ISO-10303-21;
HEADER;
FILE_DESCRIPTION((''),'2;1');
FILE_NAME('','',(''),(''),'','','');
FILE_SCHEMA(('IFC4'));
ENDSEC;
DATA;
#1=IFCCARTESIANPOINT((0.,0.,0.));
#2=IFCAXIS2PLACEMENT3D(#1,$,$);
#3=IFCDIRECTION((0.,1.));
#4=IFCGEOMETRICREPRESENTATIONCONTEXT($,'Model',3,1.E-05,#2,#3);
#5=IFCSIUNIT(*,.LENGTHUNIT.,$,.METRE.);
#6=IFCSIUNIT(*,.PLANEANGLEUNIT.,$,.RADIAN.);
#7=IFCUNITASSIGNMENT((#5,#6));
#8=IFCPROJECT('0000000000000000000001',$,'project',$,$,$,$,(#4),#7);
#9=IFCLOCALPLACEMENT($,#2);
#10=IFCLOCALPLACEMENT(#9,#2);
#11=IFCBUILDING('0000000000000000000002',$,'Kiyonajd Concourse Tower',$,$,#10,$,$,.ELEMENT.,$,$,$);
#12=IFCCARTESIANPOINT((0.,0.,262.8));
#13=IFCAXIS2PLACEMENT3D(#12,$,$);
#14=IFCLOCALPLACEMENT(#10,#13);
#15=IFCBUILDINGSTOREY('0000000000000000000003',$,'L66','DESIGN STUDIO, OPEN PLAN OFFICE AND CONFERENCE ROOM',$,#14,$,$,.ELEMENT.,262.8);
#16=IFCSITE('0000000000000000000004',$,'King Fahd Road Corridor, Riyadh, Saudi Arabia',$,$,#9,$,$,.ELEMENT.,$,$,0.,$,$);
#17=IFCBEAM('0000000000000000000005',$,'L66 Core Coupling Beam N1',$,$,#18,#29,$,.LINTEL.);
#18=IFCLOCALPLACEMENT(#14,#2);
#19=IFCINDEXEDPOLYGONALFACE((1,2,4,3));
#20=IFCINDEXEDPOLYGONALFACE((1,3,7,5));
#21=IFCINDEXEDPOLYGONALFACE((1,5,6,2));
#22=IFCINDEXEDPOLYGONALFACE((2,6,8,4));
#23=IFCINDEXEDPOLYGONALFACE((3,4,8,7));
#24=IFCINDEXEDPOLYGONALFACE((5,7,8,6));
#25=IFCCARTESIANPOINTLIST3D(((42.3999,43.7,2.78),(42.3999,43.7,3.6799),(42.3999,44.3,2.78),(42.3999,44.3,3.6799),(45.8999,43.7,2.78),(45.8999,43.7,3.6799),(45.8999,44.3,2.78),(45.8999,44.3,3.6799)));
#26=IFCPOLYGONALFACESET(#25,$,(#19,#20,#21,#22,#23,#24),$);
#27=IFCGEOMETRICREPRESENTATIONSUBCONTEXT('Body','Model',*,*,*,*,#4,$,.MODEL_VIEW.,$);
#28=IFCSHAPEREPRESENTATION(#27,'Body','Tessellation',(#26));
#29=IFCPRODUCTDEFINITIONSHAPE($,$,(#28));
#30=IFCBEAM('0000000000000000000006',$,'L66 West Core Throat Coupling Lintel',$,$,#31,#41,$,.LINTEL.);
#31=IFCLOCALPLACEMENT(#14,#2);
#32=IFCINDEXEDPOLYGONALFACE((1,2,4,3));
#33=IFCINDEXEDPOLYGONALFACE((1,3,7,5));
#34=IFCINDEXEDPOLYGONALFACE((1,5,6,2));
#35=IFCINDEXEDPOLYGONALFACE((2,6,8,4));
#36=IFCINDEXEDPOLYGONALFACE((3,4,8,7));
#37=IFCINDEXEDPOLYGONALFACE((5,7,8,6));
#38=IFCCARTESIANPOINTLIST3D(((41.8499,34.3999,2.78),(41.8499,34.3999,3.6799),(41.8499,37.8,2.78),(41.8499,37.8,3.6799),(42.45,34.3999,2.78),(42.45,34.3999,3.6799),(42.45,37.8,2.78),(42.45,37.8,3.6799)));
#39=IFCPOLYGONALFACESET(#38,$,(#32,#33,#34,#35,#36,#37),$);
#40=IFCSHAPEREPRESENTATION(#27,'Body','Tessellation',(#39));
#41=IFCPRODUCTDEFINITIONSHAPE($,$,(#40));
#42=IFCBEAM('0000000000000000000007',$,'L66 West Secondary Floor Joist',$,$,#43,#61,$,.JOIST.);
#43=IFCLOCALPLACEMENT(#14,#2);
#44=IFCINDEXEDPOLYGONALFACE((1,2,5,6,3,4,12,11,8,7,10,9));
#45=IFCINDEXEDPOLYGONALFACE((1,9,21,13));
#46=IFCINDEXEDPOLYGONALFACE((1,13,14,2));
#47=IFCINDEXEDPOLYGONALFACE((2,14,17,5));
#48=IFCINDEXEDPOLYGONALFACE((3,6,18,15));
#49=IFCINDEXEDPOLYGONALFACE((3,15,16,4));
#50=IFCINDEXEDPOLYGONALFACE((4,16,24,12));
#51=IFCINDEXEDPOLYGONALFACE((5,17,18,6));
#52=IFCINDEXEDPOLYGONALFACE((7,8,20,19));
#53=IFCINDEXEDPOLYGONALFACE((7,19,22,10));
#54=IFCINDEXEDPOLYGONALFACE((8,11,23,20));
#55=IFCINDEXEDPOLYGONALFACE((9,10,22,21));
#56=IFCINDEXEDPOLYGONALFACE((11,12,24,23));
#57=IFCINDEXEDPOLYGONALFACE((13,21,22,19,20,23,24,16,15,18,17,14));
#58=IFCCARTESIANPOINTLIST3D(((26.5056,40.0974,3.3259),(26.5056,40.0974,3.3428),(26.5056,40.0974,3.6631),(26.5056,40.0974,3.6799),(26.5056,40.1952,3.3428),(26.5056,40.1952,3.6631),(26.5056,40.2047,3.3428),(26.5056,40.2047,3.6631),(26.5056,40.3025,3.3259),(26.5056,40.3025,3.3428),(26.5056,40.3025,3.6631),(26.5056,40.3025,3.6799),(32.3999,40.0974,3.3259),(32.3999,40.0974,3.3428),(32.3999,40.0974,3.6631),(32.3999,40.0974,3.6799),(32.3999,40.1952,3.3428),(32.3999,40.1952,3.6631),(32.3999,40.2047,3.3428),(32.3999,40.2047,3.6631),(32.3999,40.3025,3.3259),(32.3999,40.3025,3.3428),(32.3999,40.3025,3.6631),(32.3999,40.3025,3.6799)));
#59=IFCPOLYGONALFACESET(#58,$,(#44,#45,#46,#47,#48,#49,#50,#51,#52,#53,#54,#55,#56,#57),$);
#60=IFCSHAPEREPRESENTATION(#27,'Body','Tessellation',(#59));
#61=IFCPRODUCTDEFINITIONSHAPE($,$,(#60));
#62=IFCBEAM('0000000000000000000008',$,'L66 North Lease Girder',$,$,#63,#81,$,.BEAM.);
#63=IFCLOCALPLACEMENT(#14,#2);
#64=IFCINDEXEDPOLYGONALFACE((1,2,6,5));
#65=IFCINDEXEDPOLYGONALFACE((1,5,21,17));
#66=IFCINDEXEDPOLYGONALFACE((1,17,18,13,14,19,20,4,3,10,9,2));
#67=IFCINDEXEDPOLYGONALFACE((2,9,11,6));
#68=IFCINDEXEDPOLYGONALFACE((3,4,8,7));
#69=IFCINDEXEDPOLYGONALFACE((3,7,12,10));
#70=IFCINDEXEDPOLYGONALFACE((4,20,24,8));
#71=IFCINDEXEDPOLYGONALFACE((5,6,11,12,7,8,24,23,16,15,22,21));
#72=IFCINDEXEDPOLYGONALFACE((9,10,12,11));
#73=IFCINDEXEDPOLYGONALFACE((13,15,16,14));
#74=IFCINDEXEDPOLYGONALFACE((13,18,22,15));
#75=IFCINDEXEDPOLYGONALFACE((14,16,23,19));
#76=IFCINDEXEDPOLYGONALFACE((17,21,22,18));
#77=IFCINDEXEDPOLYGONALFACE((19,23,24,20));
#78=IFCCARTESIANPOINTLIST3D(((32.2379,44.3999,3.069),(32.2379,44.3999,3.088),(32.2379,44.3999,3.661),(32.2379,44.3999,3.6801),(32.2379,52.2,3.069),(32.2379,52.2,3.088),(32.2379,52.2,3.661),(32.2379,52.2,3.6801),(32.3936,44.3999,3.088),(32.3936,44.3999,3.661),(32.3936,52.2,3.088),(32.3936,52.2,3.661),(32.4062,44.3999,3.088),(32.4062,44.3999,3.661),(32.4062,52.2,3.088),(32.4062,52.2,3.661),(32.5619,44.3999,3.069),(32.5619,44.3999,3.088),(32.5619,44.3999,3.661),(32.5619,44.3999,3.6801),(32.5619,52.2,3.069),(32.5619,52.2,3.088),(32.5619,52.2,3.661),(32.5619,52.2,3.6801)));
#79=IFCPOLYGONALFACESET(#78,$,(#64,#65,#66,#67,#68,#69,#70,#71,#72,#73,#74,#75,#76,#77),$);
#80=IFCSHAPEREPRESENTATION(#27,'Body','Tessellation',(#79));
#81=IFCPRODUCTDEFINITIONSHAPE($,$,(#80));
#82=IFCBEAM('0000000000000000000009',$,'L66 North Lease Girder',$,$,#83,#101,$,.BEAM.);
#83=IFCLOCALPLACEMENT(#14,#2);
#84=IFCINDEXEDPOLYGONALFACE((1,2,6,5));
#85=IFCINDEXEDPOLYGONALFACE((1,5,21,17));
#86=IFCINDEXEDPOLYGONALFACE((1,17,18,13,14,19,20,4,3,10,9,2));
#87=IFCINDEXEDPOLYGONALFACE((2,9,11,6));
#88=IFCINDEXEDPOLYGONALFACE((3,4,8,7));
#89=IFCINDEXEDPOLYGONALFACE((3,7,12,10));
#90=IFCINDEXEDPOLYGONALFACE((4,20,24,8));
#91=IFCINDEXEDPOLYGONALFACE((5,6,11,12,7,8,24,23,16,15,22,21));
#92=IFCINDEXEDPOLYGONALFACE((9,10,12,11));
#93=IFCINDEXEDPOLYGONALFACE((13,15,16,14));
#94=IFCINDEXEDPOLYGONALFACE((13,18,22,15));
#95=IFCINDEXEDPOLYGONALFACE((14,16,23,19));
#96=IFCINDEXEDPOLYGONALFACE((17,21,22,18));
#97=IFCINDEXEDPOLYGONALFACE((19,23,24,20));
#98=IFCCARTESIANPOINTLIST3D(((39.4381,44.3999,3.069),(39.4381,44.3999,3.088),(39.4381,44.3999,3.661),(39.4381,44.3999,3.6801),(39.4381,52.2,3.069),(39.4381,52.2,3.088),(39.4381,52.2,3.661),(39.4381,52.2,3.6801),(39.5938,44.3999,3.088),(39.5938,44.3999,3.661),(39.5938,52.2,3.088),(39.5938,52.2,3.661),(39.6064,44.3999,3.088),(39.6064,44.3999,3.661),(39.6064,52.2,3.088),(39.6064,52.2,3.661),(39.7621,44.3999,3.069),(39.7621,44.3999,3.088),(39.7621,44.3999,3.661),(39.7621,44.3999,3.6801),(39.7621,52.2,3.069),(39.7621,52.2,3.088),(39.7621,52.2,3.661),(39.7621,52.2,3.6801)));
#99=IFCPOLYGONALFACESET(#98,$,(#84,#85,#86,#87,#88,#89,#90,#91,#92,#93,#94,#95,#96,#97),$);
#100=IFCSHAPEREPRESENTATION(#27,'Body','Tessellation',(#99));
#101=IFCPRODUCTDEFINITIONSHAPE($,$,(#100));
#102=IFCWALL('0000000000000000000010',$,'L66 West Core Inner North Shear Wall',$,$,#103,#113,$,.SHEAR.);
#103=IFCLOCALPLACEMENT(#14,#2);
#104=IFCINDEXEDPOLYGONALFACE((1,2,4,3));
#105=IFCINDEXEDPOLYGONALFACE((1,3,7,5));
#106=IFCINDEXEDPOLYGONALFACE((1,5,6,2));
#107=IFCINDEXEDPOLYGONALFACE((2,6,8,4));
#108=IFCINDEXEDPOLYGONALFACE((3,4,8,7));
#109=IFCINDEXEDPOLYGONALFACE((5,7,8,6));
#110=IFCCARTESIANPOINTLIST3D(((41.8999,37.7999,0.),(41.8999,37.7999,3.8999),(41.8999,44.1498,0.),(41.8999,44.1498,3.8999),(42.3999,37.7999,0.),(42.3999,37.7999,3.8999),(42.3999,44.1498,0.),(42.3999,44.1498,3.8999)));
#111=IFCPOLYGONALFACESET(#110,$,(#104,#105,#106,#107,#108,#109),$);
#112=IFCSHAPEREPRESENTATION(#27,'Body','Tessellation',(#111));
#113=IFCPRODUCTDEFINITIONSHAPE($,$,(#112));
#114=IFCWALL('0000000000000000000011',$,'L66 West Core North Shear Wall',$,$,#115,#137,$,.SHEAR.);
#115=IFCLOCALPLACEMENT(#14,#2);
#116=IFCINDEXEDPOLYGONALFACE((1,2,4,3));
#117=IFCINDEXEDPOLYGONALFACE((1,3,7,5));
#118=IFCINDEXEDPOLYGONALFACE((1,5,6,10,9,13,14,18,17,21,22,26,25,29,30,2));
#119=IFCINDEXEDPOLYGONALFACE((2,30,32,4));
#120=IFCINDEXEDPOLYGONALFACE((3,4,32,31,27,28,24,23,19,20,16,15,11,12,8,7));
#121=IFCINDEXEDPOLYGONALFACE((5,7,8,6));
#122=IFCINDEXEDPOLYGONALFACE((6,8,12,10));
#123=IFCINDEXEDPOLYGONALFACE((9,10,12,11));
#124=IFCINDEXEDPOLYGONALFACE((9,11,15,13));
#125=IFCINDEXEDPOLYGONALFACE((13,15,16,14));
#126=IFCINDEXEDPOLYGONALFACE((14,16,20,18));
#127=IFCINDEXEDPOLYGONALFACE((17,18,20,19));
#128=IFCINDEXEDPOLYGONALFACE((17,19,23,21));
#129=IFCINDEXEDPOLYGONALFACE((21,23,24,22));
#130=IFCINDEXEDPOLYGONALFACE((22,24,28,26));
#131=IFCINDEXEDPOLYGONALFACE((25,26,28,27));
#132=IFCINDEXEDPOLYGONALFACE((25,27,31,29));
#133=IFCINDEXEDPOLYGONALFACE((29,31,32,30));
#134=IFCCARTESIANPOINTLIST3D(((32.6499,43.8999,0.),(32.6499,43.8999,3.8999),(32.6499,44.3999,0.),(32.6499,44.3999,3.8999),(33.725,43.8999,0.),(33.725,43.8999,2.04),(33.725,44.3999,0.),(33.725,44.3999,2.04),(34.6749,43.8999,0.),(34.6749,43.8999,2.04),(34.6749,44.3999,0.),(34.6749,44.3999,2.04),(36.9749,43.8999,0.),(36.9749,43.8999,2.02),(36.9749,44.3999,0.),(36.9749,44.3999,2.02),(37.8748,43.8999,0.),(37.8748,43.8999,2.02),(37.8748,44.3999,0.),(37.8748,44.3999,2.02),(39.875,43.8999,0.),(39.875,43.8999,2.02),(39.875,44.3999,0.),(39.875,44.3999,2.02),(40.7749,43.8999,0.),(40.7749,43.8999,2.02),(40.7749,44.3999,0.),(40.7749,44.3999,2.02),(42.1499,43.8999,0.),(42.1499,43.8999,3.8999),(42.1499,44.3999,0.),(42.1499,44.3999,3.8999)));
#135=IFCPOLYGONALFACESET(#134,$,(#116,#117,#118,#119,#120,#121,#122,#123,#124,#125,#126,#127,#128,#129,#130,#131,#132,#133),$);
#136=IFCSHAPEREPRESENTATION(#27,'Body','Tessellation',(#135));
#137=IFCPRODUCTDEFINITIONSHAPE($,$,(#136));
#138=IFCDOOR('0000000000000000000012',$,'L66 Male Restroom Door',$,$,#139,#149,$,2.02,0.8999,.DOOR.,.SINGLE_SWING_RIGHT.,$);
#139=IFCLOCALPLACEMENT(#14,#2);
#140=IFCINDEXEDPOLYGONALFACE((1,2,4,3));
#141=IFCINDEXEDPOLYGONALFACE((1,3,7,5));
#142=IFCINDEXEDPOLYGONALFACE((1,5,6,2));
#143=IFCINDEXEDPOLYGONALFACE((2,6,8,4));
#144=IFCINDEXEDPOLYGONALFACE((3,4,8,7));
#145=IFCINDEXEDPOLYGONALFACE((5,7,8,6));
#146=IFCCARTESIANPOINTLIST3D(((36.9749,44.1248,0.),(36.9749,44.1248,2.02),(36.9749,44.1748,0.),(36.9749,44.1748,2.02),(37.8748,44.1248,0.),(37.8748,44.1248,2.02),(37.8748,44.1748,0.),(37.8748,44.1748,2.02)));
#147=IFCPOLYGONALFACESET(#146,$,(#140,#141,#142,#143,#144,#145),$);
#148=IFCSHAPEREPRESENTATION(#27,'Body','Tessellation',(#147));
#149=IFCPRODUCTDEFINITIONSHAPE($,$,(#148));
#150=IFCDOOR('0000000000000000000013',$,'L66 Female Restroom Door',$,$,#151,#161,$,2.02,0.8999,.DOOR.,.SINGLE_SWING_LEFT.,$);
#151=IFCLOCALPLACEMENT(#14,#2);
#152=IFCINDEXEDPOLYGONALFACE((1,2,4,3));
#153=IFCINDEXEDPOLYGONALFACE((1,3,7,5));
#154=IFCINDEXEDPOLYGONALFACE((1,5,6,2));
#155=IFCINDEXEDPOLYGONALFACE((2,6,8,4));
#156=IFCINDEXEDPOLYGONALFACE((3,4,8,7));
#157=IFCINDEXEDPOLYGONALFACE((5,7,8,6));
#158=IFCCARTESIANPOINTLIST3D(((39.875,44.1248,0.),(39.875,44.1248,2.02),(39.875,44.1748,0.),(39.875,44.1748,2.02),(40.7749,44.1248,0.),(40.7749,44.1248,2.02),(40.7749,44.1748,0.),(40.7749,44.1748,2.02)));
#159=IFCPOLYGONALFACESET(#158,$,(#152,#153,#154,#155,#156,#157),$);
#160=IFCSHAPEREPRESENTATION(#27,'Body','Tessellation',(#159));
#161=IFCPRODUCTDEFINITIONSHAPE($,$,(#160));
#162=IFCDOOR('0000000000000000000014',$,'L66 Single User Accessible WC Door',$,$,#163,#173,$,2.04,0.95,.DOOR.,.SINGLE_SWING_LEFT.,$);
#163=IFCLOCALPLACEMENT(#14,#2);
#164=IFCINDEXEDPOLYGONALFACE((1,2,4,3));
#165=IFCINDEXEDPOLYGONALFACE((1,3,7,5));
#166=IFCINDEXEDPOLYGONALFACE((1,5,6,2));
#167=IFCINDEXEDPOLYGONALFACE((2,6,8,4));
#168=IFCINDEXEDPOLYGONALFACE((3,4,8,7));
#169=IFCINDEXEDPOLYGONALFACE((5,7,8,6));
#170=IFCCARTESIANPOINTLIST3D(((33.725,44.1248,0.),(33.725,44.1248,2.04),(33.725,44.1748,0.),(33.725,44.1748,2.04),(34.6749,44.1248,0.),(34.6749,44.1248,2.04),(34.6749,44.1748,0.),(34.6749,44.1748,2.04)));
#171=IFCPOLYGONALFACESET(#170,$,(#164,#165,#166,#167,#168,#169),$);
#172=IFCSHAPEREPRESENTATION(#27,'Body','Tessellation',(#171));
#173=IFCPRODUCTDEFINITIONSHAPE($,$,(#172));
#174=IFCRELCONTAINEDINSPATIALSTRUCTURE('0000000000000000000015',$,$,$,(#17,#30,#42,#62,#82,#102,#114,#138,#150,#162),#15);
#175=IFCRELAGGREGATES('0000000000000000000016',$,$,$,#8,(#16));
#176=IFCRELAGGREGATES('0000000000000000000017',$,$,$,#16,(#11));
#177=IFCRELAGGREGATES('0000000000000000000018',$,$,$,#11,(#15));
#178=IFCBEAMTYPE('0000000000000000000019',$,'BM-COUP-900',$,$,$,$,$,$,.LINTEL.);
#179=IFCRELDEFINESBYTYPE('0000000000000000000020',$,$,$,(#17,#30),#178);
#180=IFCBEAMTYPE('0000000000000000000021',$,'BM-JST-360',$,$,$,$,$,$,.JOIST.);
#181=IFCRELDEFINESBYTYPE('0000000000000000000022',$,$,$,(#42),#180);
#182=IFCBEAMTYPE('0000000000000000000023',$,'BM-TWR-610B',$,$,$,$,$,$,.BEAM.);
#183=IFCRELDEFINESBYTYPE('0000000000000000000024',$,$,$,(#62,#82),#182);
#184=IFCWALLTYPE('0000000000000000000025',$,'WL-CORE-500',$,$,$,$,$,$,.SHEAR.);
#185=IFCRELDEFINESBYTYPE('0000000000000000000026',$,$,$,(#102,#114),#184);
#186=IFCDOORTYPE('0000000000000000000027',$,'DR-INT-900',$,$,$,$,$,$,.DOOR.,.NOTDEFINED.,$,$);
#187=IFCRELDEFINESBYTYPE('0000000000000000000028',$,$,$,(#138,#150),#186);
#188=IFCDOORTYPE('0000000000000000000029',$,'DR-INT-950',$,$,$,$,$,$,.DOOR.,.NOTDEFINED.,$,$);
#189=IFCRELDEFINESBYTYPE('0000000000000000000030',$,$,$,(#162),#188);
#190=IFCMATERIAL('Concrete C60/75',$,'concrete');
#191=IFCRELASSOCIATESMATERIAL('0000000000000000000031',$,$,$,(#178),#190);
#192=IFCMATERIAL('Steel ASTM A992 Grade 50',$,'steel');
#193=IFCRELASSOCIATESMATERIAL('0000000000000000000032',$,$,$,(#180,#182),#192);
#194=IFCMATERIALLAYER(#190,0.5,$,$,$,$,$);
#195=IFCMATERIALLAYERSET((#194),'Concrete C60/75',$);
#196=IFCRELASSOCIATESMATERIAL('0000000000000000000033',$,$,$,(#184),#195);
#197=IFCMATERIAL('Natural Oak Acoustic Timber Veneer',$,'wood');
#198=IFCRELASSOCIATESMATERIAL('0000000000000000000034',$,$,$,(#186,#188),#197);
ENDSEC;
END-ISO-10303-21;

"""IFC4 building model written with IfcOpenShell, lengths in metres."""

from ifc_helpers import new_model, si_unit, direction, frame, frame_2d, origin, origin_2d, place, context, subcontext, project, spatial, rectangle, i_section, extrude, material, layer, layer_set, material_profile, profile_set, type_object, element, fill, save


model = new_model("IFC4")

# Units and contexts
model_context = context("Model", 3, precision=1e-05, world=origin(), true_north=direction((0.0, 1.0)))
body_context = subcontext(model_context, "Body", "Model", "MODEL_VIEW")
ifc_project = project(units=[si_unit("LENGTHUNIT", "METRE"), si_unit("PLANEANGLEUNIT", "RADIAN")], contexts=[model_context])

# Site, building, storey
site_placement = place(None, origin())
site = spatial("IfcSite", under=ifc_project, at=site_placement, Name="King Fahd Road Corridor, Riyadh, Saudi Arabia", CompositionType="ELEMENT", RefElevation=0.0)
building_placement = place(site_placement, origin())
building = spatial("IfcBuilding", under=site, at=building_placement, Name="Kiyonajd Concourse Tower", CompositionType="ELEMENT")
storey_placement = place(building_placement, frame((0.0, 0.0, 262.8)))
storey = spatial("IfcBuildingStorey", under=building, at=storey_placement, Name="L66", Description="DESIGN STUDIO, OPEN PLAN OFFICE AND CONFERENCE ROOM", CompositionType="ELEMENT", Elevation=262.8)

# Beams
ifc_material_1 = material(Name="Concrete C60/75", Category="concrete")
ifc_material_profile_1 = material_profile(ifc_material_1, rectangle(XDim=0.6001, YDim=0.8999, at=origin_2d()), Name="RCBM-600x900")
ifc_profile_set_1 = profile_set([ifc_material_profile_1], Name="Concrete C60/75")
beam_type_1 = type_object("IfcBeamType", Name="BM-COUP-900", PredefinedType="LINTEL", material=ifc_profile_set_1)
beam_1_placement = place(storey_placement, frame((42.3999, 44.0, 3.23), z_axis=(1.0, 0.0, 0.0), x_axis=(0.0, 1.0, 0.0)))
element("IfcBeam", 1, at=beam_1_placement, inside=storey, type_object=beam_type_1, Name="L66 Core Coupling Beam N1", PredefinedType="LINTEL", context=body_context, shape_type="SweptSolid", body=[
    extrude(rectangle(XDim=0.6001, YDim=0.8999, at=origin_2d()), origin(), (0.0, 0.0, 1.0), 3.5),
])
beam_2_placement = place(storey_placement, frame((42.1499, 34.3999, 3.23), z_axis=(0.0, 1.0, 0.0), x_axis=(-1.0, 0.0, 0.0)))
element("IfcBeam", 2, at=beam_2_placement, inside=storey, type_object=beam_type_1, Name="L66 West Core Throat Coupling Lintel", PredefinedType="LINTEL", context=body_context, shape_type="SweptSolid", body=[
    extrude(rectangle(XDim=0.6001, YDim=0.8999, at=origin_2d()), origin(), (0.0, 0.0, 1.0), 3.4001),
])
ifc_material_2 = material(Name="Steel ASTM A992 Grade 50", Category="steel")
ifc_material_profile_2 = material_profile(ifc_material_2, i_section(OverallWidth=0.2051, OverallDepth=0.354, WebThickness=0.0095, FlangeThickness=0.0168, at=origin_2d()), Name="W360X79")
ifc_profile_set_2 = profile_set([ifc_material_profile_2], Name="Steel ASTM A992 Grade 50")
beam_type_2 = type_object("IfcBeamType", Name="BM-JST-360", PredefinedType="JOIST", material=ifc_profile_set_2)
beam_3_placement = place(storey_placement, frame((26.5056, 40.2, 3.5029), z_axis=(1.0, 0.0, 0.0), x_axis=(0.0, 1.0, 0.0)))
element("IfcBeam", 3, at=beam_3_placement, inside=storey, type_object=beam_type_2, Name="L66 West Secondary Floor Joist", PredefinedType="JOIST", context=body_context, shape_type="SweptSolid", body=[
    extrude(i_section(OverallWidth=0.2051, OverallDepth=0.354, WebThickness=0.0095, FlangeThickness=0.0168, at=origin_2d()), origin(), (0.0, 0.0, 1.0), 5.8943),
])
ifc_material_profile_3 = material_profile(ifc_material_2, i_section(OverallWidth=0.324, OverallDepth=0.6111, WebThickness=0.0127, FlangeThickness=0.019, at=origin_2d()), Name="W610X155")
ifc_profile_set_3 = profile_set([ifc_material_profile_3], Name="Steel ASTM A992 Grade 50")
beam_type_3 = type_object("IfcBeamType", Name="BM-TWR-610B", PredefinedType="BEAM", material=ifc_profile_set_3)
for number, where, z_axis, x_axis, name in (
    (4, (32.3999, 44.3999, 3.3745), (0.0, 1.0, 0.0), (-1.0, 0.0, 0.0), "L66 North Lease Girder"),
    (5, (39.6001, 44.3999, 3.3745), (0.0, 1.0, 0.0), (-1.0, 0.0, 0.0), "L66 North Lease Girder"),
):
    element("IfcBeam", number, at=place(storey_placement, frame(where, z_axis=z_axis, x_axis=x_axis)), inside=storey, type_object=beam_type_3, Name=name, PredefinedType="BEAM", context=body_context, shape_type="SweptSolid", body=[
        extrude(i_section(OverallWidth=0.324, OverallDepth=0.6111, WebThickness=0.0127, FlangeThickness=0.019, at=origin_2d()), origin(), (0.0, 0.0, 1.0), 7.8),
    ])

# Wall
ifc_layer_1 = layer(ifc_material_1, 0.5)
ifc_layer_set_1 = layer_set([ifc_layer_1], Name="Concrete C60/75")
wall_type_1 = type_object("IfcWallType", Name="WL-CORE-500", PredefinedType="SHEAR", material=ifc_layer_set_1)
wall_1_placement = place(storey_placement, frame((42.1499, 37.8, 0.0), z_axis=(0.0, 0.0, 1.0), x_axis=(0.0, 1.0, 0.0)))
element("IfcWall", 6, at=wall_1_placement, inside=storey, type_object=wall_type_1, Name="L66 West Core Inner North Shear Wall", PredefinedType="SHEAR", context=body_context, shape_type="SweptSolid", body=[
    extrude(rectangle(XDim=6.3499, YDim=0.5, at=frame_2d((3.1748, 0.0))), origin(), (0.0, 0.0, 1.0), 3.8999),
])

# Wall, openings, doors
wall_2_placement = place(storey_placement, frame((32.6499, 44.1499, 0.0), z_axis=(0.0, 0.0, 1.0), x_axis=(1.0, 0.0, 0.0)))
wall_2 = element("IfcWall", 7, at=wall_2_placement, inside=storey, type_object=wall_type_1, Name="L66 West Core North Shear Wall", PredefinedType="SHEAR", context=body_context, shape_type="SweptSolid", body=[
    extrude(rectangle(XDim=9.5, YDim=0.5, at=frame_2d((4.75, 0.0))), origin(), (0.0, 0.0, 1.0), 3.8999),
])
opening_1_placement = place(wall_2_placement, frame((1.075, 0.0, 0.0)))
opening_1 = element("IfcOpeningElement", 8, at=opening_1_placement, cuts=wall_2, PredefinedType="OPENING", context=body_context, shape_type="SweptSolid", body=[
    extrude(rectangle(XDim=0.95, YDim=2.04, at=frame_2d((0.4751, 1.02))), frame((0.0, 0.26, 0.0), z_axis=(0.0, -1.0, 0.0), x_axis=(1.0, 0.0, 0.0)), (0.0, 0.0, 1.0), 0.52),
])
opening_2_placement = place(wall_2_placement, frame((4.325, 0.0, 0.0)))
opening_2 = element("IfcOpeningElement", 9, at=opening_2_placement, cuts=wall_2, PredefinedType="OPENING", context=body_context, shape_type="SweptSolid", body=[
    extrude(rectangle(XDim=0.8999, YDim=2.02, at=frame_2d((0.45, 1.01))), frame((0.0, 0.26, 0.0), z_axis=(0.0, -1.0, 0.0), x_axis=(1.0, 0.0, 0.0)), (0.0, 0.0, 1.0), 0.52),
])
opening_3_placement = place(wall_2_placement, frame((7.2251, 0.0, 0.0)))
opening_3 = element("IfcOpeningElement", 10, at=opening_3_placement, cuts=wall_2, PredefinedType="OPENING", context=body_context, shape_type="SweptSolid", body=[
    extrude(rectangle(XDim=0.8999, YDim=2.02, at=frame_2d((0.45, 1.01))), frame((0.0, 0.26, 0.0), z_axis=(0.0, -1.0, 0.0), x_axis=(1.0, 0.0, 0.0)), (0.0, 0.0, 1.0), 0.52),
])
ifc_material_3 = material(Name="Natural Oak Acoustic Timber Veneer", Category="wood")
door_type_1 = type_object("IfcDoorType", Name="DR-INT-900", OperationType="NOTDEFINED", PredefinedType="DOOR", material=ifc_material_3)
door_1_placement = place(opening_2_placement, origin())
door_1 = element("IfcDoor", 11, at=door_1_placement, inside=storey, type_object=door_type_1, Name="L66 Male Restroom Door", OperationType="SINGLE_SWING_RIGHT", OverallHeight=2.02, OverallWidth=0.8999, PredefinedType="DOOR", context=body_context, shape_type="SweptSolid", body=[
    extrude(rectangle(XDim=0.8999, YDim=2.02, at=frame_2d((0.45, 1.01))), frame((0.0, 0.0249, 0.0), z_axis=(0.0, -1.0, 0.0), x_axis=(1.0, 0.0, 0.0)), (0.0, 0.0, 1.0), 0.05),
])
fill(opening_2, door_1)
door_2_placement = place(opening_3_placement, origin())
door_2 = element("IfcDoor", 12, at=door_2_placement, inside=storey, type_object=door_type_1, Name="L66 Female Restroom Door", OperationType="SINGLE_SWING_LEFT", OverallHeight=2.02, OverallWidth=0.8999, PredefinedType="DOOR", context=body_context, shape_type="SweptSolid", body=[
    extrude(rectangle(XDim=0.8999, YDim=2.02, at=frame_2d((0.45, 1.01))), frame((0.0, 0.0249, 0.0), z_axis=(0.0, -1.0, 0.0), x_axis=(1.0, 0.0, 0.0)), (0.0, 0.0, 1.0), 0.05),
])
fill(opening_3, door_2)
door_type_2 = type_object("IfcDoorType", Name="DR-INT-950", OperationType="NOTDEFINED", PredefinedType="DOOR", material=ifc_material_3)
door_3_placement = place(opening_1_placement, origin())
door_3 = element("IfcDoor", 13, at=door_3_placement, inside=storey, type_object=door_type_2, Name="L66 Single User Accessible WC Door", OperationType="SINGLE_SWING_LEFT", OverallHeight=2.04, OverallWidth=0.95, PredefinedType="DOOR", context=body_context, shape_type="SweptSolid", body=[
    extrude(rectangle(XDim=0.95, YDim=2.04, at=frame_2d((0.4751, 1.02))), frame((0.0, 0.0249, 0.0), z_axis=(0.0, -1.0, 0.0), x_axis=(1.0, 0.0, 0.0)), (0.0, 0.0, 1.0), 0.05),
])
fill(opening_1, door_3)

save(model, "model.ifc")
